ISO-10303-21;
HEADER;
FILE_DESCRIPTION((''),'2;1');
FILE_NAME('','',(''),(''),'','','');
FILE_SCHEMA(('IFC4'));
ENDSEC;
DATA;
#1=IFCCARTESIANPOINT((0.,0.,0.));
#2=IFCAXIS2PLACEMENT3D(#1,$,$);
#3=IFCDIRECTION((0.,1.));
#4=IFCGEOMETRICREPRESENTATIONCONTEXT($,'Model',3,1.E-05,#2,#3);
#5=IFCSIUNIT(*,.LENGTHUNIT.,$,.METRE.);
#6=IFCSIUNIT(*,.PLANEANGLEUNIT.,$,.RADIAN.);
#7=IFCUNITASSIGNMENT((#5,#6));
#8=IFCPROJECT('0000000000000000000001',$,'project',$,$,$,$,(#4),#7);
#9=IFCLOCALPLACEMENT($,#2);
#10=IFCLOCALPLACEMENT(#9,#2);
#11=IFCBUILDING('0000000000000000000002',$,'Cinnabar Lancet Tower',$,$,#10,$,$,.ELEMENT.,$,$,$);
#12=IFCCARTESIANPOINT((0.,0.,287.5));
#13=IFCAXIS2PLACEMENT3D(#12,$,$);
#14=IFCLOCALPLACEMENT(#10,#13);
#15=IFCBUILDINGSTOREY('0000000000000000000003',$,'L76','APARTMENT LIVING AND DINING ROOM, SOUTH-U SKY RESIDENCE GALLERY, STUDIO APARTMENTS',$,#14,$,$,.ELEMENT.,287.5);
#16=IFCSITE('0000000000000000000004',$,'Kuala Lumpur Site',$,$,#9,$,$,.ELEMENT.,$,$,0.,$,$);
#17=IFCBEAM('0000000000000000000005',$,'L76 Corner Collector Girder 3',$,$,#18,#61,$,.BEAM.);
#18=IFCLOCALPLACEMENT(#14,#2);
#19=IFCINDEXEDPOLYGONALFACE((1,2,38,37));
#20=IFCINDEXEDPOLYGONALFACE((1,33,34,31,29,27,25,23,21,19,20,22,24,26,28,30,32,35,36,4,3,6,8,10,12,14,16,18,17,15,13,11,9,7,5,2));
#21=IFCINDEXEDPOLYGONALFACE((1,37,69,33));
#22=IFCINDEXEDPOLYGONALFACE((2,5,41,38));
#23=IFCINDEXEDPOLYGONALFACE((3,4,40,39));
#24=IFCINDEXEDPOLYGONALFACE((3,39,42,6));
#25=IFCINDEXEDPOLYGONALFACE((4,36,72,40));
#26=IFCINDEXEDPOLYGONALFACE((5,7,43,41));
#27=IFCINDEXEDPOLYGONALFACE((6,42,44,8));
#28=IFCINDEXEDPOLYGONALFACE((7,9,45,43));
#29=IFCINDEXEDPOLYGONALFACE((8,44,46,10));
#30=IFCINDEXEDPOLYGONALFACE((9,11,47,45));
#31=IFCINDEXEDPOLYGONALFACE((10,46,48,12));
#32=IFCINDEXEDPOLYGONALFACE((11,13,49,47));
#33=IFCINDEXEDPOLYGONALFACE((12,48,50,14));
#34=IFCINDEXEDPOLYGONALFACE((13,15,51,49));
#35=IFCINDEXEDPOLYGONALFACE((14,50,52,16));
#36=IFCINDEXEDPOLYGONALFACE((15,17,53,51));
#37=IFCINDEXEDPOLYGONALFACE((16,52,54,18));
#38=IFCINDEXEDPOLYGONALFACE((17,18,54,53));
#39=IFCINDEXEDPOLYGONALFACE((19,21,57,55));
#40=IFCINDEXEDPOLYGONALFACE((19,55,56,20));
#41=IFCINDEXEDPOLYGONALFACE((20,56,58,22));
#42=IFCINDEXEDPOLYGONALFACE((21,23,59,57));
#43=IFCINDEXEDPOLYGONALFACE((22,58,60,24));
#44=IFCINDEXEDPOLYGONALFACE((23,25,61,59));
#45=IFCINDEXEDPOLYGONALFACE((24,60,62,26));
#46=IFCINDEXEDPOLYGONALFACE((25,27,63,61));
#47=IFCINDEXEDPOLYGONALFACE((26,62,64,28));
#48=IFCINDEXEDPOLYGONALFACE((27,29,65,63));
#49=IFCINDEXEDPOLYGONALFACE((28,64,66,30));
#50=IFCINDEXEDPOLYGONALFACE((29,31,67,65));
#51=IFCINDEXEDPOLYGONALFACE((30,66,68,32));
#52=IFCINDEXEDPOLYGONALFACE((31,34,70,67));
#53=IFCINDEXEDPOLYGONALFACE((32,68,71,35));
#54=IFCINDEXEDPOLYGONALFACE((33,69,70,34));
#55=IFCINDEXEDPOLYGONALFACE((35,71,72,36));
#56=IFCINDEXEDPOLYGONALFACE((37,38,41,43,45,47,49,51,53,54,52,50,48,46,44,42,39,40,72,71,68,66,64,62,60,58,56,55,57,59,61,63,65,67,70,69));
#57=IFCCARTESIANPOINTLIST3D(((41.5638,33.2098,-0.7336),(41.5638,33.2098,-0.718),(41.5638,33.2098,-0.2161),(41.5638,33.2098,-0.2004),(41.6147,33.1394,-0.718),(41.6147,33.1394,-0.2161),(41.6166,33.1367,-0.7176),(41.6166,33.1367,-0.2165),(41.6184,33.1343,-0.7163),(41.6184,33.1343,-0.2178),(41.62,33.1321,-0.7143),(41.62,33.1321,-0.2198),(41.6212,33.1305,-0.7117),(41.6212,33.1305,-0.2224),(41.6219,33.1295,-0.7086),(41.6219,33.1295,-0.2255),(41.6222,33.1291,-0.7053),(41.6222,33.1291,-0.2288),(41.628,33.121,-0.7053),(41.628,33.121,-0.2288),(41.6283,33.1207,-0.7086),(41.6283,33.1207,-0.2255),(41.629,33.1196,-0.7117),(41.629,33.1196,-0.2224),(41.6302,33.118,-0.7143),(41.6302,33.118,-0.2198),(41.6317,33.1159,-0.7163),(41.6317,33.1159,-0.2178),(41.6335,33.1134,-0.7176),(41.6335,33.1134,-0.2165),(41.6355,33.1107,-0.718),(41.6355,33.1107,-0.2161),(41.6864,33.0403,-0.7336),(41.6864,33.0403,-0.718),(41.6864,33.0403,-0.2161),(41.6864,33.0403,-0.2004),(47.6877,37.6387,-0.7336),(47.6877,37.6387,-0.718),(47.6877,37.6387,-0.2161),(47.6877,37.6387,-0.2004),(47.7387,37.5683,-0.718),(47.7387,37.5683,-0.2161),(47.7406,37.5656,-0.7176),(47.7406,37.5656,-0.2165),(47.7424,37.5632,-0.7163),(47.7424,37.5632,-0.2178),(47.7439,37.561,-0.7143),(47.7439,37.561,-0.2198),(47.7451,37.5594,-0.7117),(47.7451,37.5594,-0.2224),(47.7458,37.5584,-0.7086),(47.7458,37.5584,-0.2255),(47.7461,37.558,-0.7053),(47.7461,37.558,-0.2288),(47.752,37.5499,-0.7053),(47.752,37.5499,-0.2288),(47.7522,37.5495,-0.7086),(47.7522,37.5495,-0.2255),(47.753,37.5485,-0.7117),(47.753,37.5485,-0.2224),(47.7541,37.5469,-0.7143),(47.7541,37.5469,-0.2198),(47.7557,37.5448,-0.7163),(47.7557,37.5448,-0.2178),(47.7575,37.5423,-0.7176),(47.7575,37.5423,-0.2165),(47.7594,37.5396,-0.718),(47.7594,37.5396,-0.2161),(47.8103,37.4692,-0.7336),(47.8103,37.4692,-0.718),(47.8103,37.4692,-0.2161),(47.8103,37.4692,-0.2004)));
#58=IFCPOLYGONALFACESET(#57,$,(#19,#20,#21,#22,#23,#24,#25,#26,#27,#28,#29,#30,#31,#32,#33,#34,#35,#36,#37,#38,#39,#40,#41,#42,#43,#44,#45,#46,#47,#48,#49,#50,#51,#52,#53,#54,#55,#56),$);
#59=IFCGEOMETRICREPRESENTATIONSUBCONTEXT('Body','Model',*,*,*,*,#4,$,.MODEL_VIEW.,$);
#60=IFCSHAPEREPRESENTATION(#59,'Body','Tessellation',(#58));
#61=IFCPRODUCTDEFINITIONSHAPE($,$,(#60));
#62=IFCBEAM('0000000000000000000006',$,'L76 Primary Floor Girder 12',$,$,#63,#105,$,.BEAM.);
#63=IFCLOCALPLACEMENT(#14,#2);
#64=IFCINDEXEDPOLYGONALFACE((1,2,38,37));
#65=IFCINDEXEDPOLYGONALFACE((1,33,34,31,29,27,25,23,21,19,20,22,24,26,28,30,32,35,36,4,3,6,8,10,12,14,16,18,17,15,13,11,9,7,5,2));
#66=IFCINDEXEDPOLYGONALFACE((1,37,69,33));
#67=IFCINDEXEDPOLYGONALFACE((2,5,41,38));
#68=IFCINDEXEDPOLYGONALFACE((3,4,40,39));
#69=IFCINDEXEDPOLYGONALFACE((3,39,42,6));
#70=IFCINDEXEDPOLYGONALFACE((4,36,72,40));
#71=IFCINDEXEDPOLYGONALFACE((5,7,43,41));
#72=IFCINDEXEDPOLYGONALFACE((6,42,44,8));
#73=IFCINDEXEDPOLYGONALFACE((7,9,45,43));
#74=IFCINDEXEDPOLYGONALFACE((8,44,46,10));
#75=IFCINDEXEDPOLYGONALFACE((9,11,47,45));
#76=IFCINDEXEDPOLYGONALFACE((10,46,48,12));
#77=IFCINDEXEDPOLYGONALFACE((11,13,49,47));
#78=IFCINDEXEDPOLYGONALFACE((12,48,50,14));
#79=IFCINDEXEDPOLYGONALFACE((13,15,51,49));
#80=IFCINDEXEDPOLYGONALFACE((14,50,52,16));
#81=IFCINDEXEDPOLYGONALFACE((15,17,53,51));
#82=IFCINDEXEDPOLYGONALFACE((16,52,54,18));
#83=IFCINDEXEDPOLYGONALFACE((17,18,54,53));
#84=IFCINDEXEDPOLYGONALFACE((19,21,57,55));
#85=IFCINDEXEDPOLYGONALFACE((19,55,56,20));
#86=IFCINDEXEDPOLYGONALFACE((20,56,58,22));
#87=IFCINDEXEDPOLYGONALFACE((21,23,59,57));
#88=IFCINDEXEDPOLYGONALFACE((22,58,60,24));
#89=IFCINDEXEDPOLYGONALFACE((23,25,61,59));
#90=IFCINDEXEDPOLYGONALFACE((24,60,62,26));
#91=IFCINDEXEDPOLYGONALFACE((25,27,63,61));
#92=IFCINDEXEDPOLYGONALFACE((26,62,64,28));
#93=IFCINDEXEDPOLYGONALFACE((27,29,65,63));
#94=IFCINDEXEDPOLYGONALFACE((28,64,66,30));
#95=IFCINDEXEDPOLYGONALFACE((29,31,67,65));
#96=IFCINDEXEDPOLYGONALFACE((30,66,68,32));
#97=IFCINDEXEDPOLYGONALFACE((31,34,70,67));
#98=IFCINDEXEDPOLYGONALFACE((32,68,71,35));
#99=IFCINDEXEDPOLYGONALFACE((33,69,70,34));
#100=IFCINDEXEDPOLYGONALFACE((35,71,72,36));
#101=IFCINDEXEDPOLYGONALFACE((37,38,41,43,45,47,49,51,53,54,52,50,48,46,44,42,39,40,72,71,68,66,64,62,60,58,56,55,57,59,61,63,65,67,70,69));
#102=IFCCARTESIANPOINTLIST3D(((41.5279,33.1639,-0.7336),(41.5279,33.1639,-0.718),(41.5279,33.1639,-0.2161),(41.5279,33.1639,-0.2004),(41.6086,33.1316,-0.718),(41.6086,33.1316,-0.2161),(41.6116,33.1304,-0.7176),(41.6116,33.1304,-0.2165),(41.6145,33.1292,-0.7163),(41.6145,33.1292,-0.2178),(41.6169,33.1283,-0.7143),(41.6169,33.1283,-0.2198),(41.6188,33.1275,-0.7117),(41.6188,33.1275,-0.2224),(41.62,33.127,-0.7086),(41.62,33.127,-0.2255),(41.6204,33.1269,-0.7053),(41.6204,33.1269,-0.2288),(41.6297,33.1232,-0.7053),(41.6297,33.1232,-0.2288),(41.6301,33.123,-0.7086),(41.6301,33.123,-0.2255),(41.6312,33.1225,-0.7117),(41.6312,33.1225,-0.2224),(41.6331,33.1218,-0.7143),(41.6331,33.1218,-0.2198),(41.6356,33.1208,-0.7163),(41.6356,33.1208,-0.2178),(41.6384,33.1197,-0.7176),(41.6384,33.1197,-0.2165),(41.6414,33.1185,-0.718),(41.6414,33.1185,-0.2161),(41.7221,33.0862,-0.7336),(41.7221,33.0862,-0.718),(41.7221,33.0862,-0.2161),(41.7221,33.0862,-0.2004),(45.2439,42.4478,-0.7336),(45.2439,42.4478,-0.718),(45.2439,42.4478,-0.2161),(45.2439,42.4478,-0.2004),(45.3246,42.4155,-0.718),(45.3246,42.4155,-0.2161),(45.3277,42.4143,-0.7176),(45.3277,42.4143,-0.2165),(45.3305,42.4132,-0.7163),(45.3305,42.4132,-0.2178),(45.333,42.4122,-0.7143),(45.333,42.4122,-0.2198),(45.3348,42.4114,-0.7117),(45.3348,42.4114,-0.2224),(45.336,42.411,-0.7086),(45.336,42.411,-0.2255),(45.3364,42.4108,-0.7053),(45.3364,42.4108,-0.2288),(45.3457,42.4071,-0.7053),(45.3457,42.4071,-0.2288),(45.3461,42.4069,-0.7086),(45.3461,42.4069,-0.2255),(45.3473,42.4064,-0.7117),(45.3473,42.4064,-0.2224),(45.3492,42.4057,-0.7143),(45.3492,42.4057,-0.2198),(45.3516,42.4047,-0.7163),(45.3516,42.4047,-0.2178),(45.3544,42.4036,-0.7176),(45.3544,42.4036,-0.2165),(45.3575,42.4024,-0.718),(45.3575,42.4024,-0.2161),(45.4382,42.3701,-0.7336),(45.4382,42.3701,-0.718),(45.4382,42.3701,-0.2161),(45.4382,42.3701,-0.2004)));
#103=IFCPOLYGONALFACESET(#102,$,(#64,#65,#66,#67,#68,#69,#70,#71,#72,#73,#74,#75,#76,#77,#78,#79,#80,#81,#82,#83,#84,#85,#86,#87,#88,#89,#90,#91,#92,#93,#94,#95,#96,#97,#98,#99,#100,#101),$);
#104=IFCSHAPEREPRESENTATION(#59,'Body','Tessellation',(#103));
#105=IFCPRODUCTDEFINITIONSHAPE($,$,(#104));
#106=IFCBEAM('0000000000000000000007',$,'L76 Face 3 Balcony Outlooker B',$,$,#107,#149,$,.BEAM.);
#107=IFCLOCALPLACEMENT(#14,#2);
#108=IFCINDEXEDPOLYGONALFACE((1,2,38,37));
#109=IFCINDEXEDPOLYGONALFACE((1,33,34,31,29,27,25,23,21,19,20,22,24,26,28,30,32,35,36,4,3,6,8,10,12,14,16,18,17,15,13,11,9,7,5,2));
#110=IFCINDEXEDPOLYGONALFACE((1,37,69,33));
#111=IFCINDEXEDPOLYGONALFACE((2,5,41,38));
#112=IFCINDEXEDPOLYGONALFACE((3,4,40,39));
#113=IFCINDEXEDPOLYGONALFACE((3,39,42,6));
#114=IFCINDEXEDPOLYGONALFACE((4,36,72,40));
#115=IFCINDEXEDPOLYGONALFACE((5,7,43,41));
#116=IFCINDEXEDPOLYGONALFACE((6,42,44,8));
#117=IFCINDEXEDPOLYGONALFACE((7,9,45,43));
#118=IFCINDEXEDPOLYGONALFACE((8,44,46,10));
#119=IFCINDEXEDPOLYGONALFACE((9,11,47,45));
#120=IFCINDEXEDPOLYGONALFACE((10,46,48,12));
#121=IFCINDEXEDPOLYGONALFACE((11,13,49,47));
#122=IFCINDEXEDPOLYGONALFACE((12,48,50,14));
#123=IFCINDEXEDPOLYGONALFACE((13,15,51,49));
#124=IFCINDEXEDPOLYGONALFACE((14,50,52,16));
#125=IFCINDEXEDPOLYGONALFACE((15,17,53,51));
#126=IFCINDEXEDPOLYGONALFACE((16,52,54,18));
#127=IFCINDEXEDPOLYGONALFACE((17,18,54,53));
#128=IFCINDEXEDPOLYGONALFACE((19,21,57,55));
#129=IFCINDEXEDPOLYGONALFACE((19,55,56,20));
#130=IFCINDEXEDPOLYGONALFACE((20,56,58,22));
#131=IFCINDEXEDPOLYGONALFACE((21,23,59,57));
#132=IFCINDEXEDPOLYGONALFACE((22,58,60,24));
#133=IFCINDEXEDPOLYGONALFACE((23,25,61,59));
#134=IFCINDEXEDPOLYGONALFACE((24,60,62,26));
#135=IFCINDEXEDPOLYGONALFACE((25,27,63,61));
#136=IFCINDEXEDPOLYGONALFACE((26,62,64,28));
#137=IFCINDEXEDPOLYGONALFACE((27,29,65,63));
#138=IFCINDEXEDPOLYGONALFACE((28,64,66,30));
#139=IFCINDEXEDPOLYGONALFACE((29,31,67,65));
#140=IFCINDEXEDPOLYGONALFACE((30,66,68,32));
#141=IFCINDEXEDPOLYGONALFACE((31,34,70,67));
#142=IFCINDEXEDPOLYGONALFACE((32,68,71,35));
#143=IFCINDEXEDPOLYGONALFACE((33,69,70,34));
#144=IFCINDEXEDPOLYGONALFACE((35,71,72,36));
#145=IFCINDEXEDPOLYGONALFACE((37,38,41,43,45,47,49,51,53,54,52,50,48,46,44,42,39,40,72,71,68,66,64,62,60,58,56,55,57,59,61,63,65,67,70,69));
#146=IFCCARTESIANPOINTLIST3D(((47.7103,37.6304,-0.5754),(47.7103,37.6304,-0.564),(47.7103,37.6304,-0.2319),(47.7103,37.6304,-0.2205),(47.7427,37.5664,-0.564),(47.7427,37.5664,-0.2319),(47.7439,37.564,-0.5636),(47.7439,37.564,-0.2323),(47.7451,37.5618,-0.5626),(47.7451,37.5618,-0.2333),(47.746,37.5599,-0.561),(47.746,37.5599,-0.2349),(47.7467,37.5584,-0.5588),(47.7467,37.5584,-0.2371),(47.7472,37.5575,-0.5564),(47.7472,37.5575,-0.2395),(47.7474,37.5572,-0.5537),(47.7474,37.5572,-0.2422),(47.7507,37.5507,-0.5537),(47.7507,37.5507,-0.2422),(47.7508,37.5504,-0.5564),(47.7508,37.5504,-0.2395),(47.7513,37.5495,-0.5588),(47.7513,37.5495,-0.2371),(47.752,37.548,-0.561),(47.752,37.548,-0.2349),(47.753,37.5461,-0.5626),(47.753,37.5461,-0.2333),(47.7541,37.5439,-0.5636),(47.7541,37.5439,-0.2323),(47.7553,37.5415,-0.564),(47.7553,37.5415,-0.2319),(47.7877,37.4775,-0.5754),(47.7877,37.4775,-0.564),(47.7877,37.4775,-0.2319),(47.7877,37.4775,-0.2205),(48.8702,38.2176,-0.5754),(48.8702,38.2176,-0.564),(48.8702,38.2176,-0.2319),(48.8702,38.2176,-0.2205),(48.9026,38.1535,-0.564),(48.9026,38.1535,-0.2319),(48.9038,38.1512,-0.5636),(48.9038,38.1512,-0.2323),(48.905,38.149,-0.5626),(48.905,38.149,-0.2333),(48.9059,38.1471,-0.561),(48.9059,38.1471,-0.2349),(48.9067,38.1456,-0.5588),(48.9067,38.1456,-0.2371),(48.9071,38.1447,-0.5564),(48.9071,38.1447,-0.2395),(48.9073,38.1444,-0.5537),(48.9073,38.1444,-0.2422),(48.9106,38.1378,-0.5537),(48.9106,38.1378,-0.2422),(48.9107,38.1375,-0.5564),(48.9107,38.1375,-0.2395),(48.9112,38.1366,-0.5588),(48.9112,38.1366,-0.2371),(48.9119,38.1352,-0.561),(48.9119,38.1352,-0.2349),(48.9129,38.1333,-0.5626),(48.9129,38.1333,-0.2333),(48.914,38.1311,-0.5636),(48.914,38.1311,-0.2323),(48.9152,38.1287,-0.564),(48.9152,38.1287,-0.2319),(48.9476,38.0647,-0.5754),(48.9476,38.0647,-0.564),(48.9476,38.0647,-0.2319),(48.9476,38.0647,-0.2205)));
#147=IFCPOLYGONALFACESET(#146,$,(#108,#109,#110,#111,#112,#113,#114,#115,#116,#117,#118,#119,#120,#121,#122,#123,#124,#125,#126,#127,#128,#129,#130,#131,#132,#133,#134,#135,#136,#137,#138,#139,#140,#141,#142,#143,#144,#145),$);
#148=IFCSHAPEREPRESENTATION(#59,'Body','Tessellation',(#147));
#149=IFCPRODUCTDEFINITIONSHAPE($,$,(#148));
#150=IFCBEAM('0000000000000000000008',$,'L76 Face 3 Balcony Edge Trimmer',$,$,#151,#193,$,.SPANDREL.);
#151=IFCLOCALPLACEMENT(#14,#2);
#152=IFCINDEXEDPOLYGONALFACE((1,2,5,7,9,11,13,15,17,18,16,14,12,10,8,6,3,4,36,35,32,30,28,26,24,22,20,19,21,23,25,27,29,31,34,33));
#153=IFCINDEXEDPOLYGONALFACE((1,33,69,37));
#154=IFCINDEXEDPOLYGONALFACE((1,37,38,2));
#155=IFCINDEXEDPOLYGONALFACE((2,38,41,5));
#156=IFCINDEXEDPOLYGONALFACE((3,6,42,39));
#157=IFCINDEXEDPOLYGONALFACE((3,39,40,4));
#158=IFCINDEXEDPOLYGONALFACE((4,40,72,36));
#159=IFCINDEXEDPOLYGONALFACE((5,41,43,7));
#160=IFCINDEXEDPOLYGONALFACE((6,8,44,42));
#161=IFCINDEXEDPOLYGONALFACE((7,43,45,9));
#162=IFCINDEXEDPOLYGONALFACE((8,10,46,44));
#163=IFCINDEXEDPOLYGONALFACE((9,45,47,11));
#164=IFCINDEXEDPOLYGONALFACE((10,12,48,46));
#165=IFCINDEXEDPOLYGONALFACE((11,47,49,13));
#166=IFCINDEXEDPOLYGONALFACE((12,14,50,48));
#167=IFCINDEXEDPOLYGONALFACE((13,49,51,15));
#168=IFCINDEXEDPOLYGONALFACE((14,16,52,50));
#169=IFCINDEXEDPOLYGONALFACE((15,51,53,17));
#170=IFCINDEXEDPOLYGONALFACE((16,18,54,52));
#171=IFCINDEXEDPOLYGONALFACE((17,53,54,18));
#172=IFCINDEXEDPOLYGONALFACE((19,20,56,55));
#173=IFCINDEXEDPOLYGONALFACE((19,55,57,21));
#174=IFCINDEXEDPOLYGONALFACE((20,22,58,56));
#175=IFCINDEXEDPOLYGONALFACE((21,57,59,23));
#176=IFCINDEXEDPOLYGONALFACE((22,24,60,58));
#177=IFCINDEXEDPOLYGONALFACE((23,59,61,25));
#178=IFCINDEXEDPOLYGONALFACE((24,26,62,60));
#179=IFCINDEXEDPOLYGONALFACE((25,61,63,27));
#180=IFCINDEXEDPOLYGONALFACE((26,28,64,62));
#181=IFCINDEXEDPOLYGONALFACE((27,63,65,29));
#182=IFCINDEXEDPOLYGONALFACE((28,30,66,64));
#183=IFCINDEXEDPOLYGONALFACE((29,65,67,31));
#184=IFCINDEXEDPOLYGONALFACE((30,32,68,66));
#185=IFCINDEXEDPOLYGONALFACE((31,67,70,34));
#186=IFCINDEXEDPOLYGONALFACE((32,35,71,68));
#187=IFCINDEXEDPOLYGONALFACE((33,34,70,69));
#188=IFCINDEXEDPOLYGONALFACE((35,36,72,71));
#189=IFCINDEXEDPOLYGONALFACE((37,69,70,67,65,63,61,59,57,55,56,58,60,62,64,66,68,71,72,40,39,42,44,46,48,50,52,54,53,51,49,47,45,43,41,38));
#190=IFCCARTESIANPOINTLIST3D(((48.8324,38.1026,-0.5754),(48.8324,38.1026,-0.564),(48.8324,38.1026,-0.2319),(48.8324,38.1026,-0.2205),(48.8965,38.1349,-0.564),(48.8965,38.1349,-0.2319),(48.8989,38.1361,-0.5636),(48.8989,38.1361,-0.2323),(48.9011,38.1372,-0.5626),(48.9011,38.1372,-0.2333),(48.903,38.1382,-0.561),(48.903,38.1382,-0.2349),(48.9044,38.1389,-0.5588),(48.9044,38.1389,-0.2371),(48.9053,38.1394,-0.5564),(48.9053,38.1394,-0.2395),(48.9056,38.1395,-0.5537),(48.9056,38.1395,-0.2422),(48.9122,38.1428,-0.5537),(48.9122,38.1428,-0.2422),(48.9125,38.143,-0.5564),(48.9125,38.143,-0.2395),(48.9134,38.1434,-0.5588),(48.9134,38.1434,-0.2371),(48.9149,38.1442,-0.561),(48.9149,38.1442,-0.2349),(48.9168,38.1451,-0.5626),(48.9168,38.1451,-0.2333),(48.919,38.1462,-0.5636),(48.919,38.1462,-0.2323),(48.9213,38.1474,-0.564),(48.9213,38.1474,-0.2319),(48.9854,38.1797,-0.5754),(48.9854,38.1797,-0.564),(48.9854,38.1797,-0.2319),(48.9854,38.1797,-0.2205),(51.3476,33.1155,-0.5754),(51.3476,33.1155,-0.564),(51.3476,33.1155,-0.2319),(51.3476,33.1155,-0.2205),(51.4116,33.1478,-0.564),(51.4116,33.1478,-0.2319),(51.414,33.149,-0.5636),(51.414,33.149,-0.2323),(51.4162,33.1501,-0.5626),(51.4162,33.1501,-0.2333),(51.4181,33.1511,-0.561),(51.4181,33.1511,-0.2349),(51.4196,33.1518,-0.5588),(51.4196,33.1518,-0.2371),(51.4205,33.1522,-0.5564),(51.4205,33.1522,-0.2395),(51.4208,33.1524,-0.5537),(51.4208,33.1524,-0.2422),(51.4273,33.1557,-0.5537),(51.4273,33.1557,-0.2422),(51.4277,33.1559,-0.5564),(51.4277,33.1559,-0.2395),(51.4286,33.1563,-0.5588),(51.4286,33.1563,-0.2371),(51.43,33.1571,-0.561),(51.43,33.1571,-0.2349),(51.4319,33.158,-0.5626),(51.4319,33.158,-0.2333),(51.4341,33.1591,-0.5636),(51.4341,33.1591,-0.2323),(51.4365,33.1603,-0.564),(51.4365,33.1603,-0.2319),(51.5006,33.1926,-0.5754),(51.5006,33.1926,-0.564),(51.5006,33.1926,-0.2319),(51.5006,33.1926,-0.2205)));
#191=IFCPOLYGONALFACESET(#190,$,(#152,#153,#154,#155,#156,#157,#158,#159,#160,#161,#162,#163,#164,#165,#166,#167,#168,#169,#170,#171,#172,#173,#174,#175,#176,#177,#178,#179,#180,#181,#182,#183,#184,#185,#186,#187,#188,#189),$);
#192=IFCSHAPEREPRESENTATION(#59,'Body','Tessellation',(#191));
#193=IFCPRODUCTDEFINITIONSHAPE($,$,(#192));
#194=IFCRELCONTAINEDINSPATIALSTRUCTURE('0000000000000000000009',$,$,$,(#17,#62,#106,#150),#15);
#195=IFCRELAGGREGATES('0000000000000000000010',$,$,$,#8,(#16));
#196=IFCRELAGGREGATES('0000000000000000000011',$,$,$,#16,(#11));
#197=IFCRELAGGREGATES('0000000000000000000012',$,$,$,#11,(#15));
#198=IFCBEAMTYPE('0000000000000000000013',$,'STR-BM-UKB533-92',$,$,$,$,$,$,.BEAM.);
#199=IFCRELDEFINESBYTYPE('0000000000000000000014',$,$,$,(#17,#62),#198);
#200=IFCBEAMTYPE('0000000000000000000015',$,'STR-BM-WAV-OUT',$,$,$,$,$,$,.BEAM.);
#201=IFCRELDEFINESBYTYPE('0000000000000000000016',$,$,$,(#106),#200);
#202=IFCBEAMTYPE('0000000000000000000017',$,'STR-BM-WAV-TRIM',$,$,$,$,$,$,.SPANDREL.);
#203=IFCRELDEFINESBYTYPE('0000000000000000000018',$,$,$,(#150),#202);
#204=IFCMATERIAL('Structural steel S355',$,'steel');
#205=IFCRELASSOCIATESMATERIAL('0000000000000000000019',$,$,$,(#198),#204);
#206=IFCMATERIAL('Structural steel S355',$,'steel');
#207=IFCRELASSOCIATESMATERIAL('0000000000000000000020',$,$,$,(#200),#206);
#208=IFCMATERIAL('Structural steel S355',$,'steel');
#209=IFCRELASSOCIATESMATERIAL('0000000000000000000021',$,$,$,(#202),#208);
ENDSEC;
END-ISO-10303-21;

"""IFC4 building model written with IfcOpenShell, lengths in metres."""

from ifc_helpers import new_model, si_unit, direction, frame, origin, origin_2d, place, context, subcontext, project, spatial, i_section, extrude, material, material_profile, profile_set, type_object, element, save


model = new_model("IFC4")

# Units and contexts
model_context = context("Model", 3, precision=1e-05, world=origin(), true_north=direction((0.0, 1.0)))
body_context = subcontext(model_context, "Body", "Model", "MODEL_VIEW")
ifc_project = project(units=[si_unit("LENGTHUNIT", "METRE"), si_unit("PLANEANGLEUNIT", "RADIAN")], contexts=[model_context])

# Site, building, storey
site_placement = place(None, origin())
site = spatial("IfcSite", under=ifc_project, at=site_placement, Name="Kuala Lumpur Site", CompositionType="ELEMENT", RefElevation=0.0)
building_placement = place(site_placement, origin())
building = spatial("IfcBuilding", under=site, at=building_placement, Name="Cinnabar Lancet Tower", CompositionType="ELEMENT")
storey_placement = place(building_placement, frame((0.0, 0.0, 287.5)))
storey = spatial("IfcBuildingStorey", under=building, at=storey_placement, Name="L76", Description="APARTMENT LIVING AND DINING ROOM, SOUTH-U SKY RESIDENCE GALLERY, STUDIO APARTMENTS", CompositionType="ELEMENT", Elevation=287.5)

# Beams
ifc_material_1 = material(Name="Structural steel S355", Category="steel")
ifc_material_profile_1 = material_profile(ifc_material_1, i_section(OverallWidth=0.2092, OverallDepth=0.5332, WebThickness=0.01, FlangeThickness=0.0156, FilletRadius=0.0127, at=origin_2d()), Name="UKB 533x210x92")
ifc_profile_set_1 = profile_set([ifc_material_profile_1], Name="Structural steel S355")
beam_type_1 = type_object("IfcBeamType", Name="STR-BM-UKB533-92", PredefinedType="BEAM", material=ifc_profile_set_1)
beam_1_placement = place(storey_placement, frame((47.749, 37.554, -0.467), z_axis=(-0.810299, -0.586016, 0.0), x_axis=(0.586016, -0.810299, 0.0)))
element("IfcBeam", 1, at=beam_1_placement, inside=storey, type_object=beam_type_1, Name="L76 Corner Collector Girder 3", PredefinedType="BEAM", context=body_context, shape_type="SweptSolid", body=[
    extrude(i_section(OverallWidth=0.2092, OverallDepth=0.5332, WebThickness=0.01, FlangeThickness=0.0156, FilletRadius=0.0127, at=origin_2d()), origin(), (0.0, 0.0, 1.0), 7.5576),
])
beam_2_placement = place(storey_placement, frame((45.3411, 42.4089, -0.467), z_axis=(-0.371605, -0.928391, 0.0), x_axis=(0.928391, -0.371605, 0.0)))
element("IfcBeam", 2, at=beam_2_placement, inside=storey, type_object=beam_type_1, Name="L76 Primary Floor Girder 12", PredefinedType="BEAM", context=body_context, shape_type="SweptSolid", body=[
    extrude(i_section(OverallWidth=0.2092, OverallDepth=0.5332, WebThickness=0.01, FlangeThickness=0.0156, FilletRadius=0.0127, at=origin_2d()), origin(), (0.0, 0.0, 1.0), 10.0),
])
ifc_material_2 = material(Name="Structural steel S355", Category="steel")
ifc_material_profile_2 = material_profile(ifc_material_2, i_section(OverallWidth=0.1714, OverallDepth=0.355, WebThickness=0.0073, FlangeThickness=0.0115, FilletRadius=0.0103, at=origin_2d()), Name="UKB 356x171x51")
ifc_profile_set_2 = profile_set([ifc_material_profile_2], Name="Structural steel S355")
beam_type_2 = type_object("IfcBeamType", Name="STR-BM-WAV-OUT", PredefinedType="BEAM", material=ifc_profile_set_2)
beam_3_placement = place(storey_placement, frame((47.749, 37.554, -0.3979), z_axis=(0.8922, 0.45164, 0.0), x_axis=(-0.45164, 0.8922, 0.0)))
element("IfcBeam", 3, at=beam_3_placement, inside=storey, type_object=beam_type_2, Name="L76 Face 3 Balcony Outlooker B", PredefinedType="BEAM", context=body_context, shape_type="SweptSolid", body=[
    extrude(i_section(OverallWidth=0.1714, OverallDepth=0.355, WebThickness=0.0073, FlangeThickness=0.0115, FilletRadius=0.0103, at=origin_2d()), origin(), (0.0, 0.0, 1.0), 1.3),
])
ifc_material_3 = material(Name="Structural steel S355", Category="steel")
ifc_material_profile_3 = material_profile(ifc_material_3, i_section(OverallWidth=0.1714, OverallDepth=0.355, WebThickness=0.0073, FlangeThickness=0.0115, FilletRadius=0.0103, at=origin_2d()), Name="UKB 356x171x51")
ifc_profile_set_3 = profile_set([ifc_material_profile_3], Name="Structural steel S355")
beam_type_3 = type_object("IfcBeamType", Name="STR-BM-WAV-TRIM", PredefinedType="SPANDREL", material=ifc_profile_set_3)
beam_4_placement = place(storey_placement, frame((51.4241, 33.1541, -0.3979), z_axis=(-0.450306, 0.892874, 0.0), x_axis=(-0.892874, -0.450306, 0.0)))
element("IfcBeam", 4, at=beam_4_placement, inside=storey, type_object=beam_type_3, Name="L76 Face 3 Balcony Edge Trimmer", PredefinedType="SPANDREL", context=body_context, shape_type="SweptSolid", body=[
    extrude(i_section(OverallWidth=0.1714, OverallDepth=0.355, WebThickness=0.0073, FlangeThickness=0.0115, FilletRadius=0.0103, at=origin_2d()), origin(), (0.0, 0.0, 1.0), 5.5854),
])

save(model, "model.ifc")
